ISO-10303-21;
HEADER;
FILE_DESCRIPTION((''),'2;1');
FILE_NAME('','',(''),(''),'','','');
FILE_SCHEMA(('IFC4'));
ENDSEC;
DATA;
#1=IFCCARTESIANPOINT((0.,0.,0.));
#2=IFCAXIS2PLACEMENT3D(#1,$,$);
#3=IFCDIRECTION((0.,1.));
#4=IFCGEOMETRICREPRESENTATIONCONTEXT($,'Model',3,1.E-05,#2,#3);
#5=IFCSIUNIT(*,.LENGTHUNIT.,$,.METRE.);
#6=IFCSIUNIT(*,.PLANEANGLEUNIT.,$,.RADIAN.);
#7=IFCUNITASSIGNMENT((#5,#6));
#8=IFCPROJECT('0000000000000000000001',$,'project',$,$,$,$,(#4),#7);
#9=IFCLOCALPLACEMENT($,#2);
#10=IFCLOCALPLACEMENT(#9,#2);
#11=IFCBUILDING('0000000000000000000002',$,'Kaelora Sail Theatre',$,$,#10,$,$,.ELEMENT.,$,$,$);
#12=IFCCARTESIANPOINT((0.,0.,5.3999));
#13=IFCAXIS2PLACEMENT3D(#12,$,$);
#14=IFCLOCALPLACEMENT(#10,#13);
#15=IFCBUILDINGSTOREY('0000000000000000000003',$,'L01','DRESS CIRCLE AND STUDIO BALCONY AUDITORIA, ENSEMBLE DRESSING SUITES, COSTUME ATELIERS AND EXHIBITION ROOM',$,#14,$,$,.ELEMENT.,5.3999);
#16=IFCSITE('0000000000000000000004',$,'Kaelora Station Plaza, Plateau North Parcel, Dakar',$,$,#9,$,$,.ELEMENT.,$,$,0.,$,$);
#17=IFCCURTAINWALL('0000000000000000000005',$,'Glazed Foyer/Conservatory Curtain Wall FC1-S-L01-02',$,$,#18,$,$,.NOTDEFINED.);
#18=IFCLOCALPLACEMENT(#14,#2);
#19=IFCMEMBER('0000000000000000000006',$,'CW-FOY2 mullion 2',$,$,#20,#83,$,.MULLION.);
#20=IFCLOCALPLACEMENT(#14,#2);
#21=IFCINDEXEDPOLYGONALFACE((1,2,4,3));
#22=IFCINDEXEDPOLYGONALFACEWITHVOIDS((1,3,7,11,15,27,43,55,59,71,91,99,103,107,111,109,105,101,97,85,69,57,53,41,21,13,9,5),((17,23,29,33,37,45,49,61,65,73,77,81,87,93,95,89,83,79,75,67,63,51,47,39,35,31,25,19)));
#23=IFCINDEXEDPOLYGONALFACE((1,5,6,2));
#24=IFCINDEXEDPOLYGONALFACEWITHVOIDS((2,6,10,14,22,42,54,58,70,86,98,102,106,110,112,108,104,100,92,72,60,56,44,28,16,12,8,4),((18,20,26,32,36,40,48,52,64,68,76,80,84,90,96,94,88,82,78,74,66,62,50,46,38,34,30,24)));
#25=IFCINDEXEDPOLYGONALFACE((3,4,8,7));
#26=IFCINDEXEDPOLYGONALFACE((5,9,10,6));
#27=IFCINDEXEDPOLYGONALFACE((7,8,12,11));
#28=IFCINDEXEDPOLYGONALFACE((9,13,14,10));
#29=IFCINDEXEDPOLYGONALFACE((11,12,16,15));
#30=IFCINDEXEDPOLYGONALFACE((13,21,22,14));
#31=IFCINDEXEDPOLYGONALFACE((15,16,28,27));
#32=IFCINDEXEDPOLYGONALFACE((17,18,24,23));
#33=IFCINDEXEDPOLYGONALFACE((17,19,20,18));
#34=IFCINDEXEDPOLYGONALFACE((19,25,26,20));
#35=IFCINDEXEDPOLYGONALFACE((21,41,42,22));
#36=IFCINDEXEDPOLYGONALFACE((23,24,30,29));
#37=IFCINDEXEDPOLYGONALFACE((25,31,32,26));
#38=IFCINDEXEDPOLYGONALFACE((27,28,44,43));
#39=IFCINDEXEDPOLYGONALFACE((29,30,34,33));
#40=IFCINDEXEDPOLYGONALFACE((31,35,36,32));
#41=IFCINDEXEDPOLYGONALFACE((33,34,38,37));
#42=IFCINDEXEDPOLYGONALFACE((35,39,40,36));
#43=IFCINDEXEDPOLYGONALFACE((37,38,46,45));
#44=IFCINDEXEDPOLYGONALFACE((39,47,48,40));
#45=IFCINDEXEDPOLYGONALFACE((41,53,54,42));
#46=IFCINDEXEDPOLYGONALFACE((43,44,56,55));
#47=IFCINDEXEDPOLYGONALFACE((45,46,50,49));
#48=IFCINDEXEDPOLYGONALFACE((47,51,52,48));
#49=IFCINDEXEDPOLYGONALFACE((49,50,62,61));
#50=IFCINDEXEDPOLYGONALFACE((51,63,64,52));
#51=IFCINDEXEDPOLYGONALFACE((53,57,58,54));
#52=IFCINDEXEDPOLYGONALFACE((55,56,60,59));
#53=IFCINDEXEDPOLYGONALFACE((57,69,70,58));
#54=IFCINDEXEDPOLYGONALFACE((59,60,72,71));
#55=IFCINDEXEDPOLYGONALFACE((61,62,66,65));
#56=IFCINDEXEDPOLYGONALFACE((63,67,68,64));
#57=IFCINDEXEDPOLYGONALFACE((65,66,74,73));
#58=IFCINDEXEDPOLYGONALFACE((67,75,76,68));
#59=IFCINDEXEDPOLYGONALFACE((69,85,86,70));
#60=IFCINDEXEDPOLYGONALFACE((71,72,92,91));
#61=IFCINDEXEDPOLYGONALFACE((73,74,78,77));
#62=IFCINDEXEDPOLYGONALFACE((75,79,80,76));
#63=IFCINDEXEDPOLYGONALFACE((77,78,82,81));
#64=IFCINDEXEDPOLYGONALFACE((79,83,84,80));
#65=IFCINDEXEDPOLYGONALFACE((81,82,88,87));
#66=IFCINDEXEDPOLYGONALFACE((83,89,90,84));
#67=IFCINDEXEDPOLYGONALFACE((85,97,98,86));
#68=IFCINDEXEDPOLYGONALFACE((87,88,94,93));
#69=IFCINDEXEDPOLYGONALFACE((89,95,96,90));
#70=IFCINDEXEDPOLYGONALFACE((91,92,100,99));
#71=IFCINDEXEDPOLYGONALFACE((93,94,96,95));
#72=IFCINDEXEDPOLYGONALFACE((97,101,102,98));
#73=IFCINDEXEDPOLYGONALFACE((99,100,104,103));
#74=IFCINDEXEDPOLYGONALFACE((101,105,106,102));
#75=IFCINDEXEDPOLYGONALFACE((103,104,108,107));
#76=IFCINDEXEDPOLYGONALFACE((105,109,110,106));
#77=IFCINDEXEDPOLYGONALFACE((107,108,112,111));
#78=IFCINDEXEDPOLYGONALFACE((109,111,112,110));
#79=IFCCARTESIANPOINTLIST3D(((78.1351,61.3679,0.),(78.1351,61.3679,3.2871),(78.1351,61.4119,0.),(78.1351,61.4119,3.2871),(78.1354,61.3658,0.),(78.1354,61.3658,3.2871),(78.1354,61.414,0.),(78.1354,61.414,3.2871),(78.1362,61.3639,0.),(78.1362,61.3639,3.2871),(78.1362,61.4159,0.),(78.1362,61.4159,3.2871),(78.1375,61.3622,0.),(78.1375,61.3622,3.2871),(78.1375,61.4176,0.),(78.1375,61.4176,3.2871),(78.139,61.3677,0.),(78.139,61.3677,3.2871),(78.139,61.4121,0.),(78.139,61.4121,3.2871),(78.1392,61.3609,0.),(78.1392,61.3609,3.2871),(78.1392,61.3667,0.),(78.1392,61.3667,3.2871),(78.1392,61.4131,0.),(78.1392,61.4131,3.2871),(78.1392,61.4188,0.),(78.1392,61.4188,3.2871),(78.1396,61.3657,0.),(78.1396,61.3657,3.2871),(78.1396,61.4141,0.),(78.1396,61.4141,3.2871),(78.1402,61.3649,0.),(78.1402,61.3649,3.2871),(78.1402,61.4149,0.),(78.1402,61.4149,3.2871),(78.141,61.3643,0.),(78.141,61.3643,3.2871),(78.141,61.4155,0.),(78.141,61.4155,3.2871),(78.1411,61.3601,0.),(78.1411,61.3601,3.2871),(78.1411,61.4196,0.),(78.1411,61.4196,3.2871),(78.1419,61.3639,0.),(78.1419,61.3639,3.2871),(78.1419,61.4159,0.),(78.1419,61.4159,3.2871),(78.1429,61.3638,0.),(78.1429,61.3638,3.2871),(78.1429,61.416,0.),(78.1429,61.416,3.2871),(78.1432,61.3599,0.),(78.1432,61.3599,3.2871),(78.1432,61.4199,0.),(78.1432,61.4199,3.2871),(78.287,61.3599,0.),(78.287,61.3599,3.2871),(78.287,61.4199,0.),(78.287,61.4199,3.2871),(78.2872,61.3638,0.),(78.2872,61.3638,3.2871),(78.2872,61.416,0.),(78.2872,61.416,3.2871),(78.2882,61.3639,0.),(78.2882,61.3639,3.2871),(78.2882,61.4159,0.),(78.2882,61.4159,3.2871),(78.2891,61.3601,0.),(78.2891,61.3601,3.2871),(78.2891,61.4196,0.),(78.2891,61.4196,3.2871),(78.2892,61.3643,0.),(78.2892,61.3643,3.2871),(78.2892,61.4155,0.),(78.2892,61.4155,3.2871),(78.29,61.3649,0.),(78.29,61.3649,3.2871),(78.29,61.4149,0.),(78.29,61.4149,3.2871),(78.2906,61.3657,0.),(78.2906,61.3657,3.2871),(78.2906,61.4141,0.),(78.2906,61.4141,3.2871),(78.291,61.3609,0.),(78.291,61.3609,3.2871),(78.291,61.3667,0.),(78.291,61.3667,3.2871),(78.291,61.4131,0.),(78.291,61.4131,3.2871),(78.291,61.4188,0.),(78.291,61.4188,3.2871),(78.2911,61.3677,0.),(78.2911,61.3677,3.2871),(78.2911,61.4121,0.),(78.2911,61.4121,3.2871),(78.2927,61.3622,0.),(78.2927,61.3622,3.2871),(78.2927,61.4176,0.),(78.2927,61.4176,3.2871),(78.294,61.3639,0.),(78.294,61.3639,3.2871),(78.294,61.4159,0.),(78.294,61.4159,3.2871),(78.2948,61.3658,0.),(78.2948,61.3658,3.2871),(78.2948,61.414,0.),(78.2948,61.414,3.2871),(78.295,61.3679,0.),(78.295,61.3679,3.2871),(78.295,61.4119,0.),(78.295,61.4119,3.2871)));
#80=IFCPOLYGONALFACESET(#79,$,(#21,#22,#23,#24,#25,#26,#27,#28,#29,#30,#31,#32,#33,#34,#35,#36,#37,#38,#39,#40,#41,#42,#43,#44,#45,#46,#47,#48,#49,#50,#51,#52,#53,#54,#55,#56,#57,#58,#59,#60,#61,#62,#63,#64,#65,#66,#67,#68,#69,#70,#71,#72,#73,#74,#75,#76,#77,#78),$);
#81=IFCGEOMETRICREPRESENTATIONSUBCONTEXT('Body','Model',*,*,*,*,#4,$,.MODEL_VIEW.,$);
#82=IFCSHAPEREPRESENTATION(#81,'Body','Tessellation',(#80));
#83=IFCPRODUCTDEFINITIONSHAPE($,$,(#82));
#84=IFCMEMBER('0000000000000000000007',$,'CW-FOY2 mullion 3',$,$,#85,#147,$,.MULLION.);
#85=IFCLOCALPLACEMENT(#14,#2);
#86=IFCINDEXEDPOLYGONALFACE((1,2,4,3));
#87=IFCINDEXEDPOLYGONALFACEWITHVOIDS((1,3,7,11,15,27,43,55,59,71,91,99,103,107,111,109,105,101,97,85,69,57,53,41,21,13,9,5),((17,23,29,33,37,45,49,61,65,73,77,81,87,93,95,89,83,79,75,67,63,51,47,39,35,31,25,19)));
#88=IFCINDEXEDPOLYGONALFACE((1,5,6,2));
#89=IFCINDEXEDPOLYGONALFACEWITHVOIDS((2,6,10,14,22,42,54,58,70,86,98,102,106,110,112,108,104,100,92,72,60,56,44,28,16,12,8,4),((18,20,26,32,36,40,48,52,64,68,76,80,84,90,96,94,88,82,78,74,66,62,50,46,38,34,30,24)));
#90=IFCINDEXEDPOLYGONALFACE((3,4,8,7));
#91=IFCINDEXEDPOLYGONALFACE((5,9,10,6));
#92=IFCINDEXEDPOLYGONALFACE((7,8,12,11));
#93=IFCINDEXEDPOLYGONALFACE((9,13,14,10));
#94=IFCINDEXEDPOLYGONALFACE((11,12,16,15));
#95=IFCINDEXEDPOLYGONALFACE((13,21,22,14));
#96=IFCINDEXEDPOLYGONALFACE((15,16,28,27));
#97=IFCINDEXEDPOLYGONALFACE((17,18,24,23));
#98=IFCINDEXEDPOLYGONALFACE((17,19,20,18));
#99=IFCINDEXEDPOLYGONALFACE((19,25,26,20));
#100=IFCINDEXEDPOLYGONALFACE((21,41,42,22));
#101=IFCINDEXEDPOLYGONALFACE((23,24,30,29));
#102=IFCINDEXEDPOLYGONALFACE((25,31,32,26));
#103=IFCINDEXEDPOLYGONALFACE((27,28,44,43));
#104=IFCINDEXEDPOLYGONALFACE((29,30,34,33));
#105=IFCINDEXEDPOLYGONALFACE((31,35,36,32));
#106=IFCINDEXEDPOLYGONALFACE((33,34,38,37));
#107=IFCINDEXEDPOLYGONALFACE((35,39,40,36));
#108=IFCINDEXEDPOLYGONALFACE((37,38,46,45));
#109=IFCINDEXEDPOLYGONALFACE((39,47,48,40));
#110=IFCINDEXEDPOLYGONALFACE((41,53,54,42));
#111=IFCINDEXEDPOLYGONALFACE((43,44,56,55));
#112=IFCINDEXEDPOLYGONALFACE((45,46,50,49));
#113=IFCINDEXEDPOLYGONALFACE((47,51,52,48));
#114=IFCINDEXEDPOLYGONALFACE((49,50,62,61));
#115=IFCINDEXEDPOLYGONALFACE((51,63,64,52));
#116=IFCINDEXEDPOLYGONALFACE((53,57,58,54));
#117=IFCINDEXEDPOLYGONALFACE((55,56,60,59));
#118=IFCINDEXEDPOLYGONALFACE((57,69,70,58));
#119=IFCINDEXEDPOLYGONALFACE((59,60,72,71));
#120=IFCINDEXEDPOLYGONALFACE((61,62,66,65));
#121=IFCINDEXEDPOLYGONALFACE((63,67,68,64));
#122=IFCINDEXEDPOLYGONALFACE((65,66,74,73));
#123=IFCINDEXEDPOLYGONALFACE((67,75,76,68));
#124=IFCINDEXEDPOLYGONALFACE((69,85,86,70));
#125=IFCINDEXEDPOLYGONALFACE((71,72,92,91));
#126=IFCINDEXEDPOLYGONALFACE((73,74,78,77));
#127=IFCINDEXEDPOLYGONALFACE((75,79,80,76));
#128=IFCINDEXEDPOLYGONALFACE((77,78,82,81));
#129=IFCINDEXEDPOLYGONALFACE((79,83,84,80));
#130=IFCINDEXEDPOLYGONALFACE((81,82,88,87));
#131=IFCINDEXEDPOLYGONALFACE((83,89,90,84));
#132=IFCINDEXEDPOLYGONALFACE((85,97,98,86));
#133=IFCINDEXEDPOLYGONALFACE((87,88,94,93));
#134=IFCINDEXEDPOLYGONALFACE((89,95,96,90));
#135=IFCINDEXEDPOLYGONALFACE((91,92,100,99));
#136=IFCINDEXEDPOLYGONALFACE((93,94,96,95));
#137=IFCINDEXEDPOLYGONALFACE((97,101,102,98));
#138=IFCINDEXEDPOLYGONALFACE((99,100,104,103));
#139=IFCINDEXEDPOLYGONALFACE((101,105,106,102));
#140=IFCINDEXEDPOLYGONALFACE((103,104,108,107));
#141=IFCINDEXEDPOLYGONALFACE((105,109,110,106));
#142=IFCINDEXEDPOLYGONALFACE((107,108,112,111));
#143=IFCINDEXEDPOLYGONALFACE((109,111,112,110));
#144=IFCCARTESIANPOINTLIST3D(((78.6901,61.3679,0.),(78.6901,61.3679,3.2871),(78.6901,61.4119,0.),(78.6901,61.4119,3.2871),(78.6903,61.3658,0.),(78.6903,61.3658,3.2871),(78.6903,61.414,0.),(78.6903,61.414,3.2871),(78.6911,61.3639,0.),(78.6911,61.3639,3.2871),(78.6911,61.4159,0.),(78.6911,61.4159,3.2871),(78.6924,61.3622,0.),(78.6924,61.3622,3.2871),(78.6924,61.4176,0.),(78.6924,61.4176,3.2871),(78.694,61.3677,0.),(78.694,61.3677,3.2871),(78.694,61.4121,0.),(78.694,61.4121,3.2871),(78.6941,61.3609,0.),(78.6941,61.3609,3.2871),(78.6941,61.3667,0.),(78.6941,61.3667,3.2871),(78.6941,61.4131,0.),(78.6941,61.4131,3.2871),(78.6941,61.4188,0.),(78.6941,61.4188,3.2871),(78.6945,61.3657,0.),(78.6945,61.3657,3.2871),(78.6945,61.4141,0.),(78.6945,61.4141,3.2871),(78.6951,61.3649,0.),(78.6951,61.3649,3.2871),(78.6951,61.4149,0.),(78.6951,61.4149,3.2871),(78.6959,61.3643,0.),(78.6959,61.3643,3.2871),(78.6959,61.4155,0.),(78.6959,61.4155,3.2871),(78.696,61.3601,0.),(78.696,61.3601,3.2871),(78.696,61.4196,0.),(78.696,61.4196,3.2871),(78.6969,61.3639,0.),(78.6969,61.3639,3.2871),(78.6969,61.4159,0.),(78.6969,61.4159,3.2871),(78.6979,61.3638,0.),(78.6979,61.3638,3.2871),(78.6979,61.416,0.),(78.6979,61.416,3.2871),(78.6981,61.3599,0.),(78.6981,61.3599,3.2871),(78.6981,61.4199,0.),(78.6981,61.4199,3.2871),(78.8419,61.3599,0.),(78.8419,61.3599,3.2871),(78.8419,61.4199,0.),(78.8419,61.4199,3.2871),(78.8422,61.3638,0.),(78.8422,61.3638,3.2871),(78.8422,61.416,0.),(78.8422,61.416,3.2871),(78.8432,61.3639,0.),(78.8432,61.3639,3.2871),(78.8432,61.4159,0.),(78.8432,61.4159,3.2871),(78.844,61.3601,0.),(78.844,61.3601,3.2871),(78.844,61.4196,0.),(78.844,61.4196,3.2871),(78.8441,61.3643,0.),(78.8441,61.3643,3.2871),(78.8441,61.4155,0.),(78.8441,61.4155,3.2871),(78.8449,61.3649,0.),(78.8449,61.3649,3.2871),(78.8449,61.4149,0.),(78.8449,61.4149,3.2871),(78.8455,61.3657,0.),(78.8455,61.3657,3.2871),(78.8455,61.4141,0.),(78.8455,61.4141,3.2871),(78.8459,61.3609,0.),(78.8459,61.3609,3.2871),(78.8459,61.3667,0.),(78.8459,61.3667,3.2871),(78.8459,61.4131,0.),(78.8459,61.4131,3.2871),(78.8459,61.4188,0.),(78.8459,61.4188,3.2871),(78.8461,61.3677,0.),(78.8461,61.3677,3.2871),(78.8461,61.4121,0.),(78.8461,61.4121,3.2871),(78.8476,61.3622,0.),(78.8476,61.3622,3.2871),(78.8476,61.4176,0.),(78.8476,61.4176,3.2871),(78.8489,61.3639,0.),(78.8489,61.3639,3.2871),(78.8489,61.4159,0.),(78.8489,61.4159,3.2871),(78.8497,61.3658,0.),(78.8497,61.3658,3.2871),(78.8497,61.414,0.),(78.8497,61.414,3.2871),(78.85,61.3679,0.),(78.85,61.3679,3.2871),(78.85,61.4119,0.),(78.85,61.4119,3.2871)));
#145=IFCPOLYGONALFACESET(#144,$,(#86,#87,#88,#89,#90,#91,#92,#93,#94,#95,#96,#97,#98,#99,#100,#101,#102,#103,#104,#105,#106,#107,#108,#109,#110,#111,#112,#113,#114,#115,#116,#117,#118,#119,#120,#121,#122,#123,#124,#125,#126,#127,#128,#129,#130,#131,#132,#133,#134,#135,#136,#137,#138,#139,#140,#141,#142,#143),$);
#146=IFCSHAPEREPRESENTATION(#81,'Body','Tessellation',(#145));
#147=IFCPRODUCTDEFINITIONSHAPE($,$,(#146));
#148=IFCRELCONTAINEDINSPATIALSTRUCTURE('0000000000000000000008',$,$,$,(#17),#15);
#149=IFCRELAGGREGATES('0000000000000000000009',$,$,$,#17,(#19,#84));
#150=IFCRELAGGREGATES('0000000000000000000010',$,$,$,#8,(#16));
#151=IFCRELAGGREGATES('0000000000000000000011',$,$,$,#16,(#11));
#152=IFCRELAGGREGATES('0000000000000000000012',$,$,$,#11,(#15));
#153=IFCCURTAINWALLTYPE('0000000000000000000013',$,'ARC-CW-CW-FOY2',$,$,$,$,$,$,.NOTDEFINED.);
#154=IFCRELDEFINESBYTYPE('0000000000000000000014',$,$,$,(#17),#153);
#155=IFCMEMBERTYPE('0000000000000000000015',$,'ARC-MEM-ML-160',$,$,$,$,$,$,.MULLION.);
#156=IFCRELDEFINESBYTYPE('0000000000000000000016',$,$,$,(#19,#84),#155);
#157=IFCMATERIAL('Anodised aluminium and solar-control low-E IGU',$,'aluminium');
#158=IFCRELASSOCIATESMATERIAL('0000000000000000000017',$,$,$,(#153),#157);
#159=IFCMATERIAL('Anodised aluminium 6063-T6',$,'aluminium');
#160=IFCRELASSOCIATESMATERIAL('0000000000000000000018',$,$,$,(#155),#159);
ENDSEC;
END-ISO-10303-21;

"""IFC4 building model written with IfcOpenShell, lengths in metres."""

from ifc_helpers import new_model, si_unit, direction, frame, origin, origin_2d, place, context, subcontext, project, spatial, hollow_rectangle, extrude, material, material_profile, profile_set, type_object, element, aggregate, save


model = new_model("IFC4")

# Units and contexts
model_context = context("Model", 3, precision=1e-05, world=origin(), true_north=direction((0.0, 1.0)))
body_context = subcontext(model_context, "Body", "Model", "MODEL_VIEW")
ifc_project = project(units=[si_unit("LENGTHUNIT", "METRE"), si_unit("PLANEANGLEUNIT", "RADIAN")], contexts=[model_context])

# Site, building, storey
site_placement = place(None, origin())
site = spatial("IfcSite", under=ifc_project, at=site_placement, Name="Kaelora Station Plaza, Plateau North Parcel, Dakar", CompositionType="ELEMENT", RefElevation=0.0)
building_placement = place(site_placement, origin())
building = spatial("IfcBuilding", under=site, at=building_placement, Name="Kaelora Sail Theatre", CompositionType="ELEMENT")
storey_placement = place(building_placement, frame((0.0, 0.0, 5.3999)))
storey = spatial("IfcBuildingStorey", under=building, at=storey_placement, Name="L01", Description="DRESS CIRCLE AND STUDIO BALCONY AUDITORIA, ENSEMBLE DRESSING SUITES, COSTUME ATELIERS AND EXHIBITION ROOM", CompositionType="ELEMENT", Elevation=5.3999)

# Curtain wall, members
ifc_material_1 = material(Name="Anodised aluminium and solar-control low-E IGU", Category="aluminium")
curtain_wall_type = type_object("IfcCurtainWallType", Name="ARC-CW-CW-FOY2", PredefinedType="NOTDEFINED", material=ifc_material_1)
curtain_wall_1_placement = place(storey_placement, origin())
curtain_wall_1 = element("IfcCurtainWall", 1, at=curtain_wall_1_placement, inside=storey, type_object=curtain_wall_type, Name="Glazed Foyer/Conservatory Curtain Wall FC1-S-L01-02", PredefinedType="NOTDEFINED")
ifc_material_2 = material(Name="Anodised aluminium 6063-T6", Category="aluminium")
ifc_material_profile_1 = material_profile(ifc_material_2, hollow_rectangle(XDim=0.0601, YDim=0.1599, WallThickness=0.0039, InnerFilletRadius=0.0039, OuterFilletRadius=0.0081, at=origin_2d()), Name="ALU-MULL 60x160x4")
ifc_profile_set_1 = profile_set([ifc_material_profile_1], Name="Anodised aluminium 6063-T6")
member_type_1 = type_object("IfcMemberType", Name="ARC-MEM-ML-160", PredefinedType="MULLION", material=ifc_profile_set_1)
member_1_placement = place(storey_placement, frame((78.2151, 61.3899, 0.0), z_axis=(0.0, 0.0, 1.0), x_axis=(0.0, 1.0, 0.0)))
member_1 = element("IfcMember", 2, at=member_1_placement, type_object=member_type_1, Name="CW-FOY2 mullion 2", PredefinedType="MULLION", context=body_context, shape_type="SweptSolid", body=[
    extrude(hollow_rectangle(XDim=0.0601, YDim=0.1599, WallThickness=0.0039, InnerFilletRadius=0.0039, OuterFilletRadius=0.0081, at=origin_2d()), origin(), (0.0, 0.0, 1.0), 3.2871),
])
member_2_placement = place(storey_placement, frame((78.77, 61.3899, 0.0), z_axis=(0.0, 0.0, 1.0), x_axis=(0.0, 1.0, 0.0)))
member_2 = element("IfcMember", 3, at=member_2_placement, type_object=member_type_1, Name="CW-FOY2 mullion 3", PredefinedType="MULLION", context=body_context, shape_type="SweptSolid", body=[
    extrude(hollow_rectangle(XDim=0.0601, YDim=0.1599, WallThickness=0.0039, InnerFilletRadius=0.0039, OuterFilletRadius=0.0081, at=origin_2d()), origin(), (0.0, 0.0, 1.0), 3.2871),
])

aggregate(curtain_wall_1, [member_1, member_2])

save(model, "model.ifc")
